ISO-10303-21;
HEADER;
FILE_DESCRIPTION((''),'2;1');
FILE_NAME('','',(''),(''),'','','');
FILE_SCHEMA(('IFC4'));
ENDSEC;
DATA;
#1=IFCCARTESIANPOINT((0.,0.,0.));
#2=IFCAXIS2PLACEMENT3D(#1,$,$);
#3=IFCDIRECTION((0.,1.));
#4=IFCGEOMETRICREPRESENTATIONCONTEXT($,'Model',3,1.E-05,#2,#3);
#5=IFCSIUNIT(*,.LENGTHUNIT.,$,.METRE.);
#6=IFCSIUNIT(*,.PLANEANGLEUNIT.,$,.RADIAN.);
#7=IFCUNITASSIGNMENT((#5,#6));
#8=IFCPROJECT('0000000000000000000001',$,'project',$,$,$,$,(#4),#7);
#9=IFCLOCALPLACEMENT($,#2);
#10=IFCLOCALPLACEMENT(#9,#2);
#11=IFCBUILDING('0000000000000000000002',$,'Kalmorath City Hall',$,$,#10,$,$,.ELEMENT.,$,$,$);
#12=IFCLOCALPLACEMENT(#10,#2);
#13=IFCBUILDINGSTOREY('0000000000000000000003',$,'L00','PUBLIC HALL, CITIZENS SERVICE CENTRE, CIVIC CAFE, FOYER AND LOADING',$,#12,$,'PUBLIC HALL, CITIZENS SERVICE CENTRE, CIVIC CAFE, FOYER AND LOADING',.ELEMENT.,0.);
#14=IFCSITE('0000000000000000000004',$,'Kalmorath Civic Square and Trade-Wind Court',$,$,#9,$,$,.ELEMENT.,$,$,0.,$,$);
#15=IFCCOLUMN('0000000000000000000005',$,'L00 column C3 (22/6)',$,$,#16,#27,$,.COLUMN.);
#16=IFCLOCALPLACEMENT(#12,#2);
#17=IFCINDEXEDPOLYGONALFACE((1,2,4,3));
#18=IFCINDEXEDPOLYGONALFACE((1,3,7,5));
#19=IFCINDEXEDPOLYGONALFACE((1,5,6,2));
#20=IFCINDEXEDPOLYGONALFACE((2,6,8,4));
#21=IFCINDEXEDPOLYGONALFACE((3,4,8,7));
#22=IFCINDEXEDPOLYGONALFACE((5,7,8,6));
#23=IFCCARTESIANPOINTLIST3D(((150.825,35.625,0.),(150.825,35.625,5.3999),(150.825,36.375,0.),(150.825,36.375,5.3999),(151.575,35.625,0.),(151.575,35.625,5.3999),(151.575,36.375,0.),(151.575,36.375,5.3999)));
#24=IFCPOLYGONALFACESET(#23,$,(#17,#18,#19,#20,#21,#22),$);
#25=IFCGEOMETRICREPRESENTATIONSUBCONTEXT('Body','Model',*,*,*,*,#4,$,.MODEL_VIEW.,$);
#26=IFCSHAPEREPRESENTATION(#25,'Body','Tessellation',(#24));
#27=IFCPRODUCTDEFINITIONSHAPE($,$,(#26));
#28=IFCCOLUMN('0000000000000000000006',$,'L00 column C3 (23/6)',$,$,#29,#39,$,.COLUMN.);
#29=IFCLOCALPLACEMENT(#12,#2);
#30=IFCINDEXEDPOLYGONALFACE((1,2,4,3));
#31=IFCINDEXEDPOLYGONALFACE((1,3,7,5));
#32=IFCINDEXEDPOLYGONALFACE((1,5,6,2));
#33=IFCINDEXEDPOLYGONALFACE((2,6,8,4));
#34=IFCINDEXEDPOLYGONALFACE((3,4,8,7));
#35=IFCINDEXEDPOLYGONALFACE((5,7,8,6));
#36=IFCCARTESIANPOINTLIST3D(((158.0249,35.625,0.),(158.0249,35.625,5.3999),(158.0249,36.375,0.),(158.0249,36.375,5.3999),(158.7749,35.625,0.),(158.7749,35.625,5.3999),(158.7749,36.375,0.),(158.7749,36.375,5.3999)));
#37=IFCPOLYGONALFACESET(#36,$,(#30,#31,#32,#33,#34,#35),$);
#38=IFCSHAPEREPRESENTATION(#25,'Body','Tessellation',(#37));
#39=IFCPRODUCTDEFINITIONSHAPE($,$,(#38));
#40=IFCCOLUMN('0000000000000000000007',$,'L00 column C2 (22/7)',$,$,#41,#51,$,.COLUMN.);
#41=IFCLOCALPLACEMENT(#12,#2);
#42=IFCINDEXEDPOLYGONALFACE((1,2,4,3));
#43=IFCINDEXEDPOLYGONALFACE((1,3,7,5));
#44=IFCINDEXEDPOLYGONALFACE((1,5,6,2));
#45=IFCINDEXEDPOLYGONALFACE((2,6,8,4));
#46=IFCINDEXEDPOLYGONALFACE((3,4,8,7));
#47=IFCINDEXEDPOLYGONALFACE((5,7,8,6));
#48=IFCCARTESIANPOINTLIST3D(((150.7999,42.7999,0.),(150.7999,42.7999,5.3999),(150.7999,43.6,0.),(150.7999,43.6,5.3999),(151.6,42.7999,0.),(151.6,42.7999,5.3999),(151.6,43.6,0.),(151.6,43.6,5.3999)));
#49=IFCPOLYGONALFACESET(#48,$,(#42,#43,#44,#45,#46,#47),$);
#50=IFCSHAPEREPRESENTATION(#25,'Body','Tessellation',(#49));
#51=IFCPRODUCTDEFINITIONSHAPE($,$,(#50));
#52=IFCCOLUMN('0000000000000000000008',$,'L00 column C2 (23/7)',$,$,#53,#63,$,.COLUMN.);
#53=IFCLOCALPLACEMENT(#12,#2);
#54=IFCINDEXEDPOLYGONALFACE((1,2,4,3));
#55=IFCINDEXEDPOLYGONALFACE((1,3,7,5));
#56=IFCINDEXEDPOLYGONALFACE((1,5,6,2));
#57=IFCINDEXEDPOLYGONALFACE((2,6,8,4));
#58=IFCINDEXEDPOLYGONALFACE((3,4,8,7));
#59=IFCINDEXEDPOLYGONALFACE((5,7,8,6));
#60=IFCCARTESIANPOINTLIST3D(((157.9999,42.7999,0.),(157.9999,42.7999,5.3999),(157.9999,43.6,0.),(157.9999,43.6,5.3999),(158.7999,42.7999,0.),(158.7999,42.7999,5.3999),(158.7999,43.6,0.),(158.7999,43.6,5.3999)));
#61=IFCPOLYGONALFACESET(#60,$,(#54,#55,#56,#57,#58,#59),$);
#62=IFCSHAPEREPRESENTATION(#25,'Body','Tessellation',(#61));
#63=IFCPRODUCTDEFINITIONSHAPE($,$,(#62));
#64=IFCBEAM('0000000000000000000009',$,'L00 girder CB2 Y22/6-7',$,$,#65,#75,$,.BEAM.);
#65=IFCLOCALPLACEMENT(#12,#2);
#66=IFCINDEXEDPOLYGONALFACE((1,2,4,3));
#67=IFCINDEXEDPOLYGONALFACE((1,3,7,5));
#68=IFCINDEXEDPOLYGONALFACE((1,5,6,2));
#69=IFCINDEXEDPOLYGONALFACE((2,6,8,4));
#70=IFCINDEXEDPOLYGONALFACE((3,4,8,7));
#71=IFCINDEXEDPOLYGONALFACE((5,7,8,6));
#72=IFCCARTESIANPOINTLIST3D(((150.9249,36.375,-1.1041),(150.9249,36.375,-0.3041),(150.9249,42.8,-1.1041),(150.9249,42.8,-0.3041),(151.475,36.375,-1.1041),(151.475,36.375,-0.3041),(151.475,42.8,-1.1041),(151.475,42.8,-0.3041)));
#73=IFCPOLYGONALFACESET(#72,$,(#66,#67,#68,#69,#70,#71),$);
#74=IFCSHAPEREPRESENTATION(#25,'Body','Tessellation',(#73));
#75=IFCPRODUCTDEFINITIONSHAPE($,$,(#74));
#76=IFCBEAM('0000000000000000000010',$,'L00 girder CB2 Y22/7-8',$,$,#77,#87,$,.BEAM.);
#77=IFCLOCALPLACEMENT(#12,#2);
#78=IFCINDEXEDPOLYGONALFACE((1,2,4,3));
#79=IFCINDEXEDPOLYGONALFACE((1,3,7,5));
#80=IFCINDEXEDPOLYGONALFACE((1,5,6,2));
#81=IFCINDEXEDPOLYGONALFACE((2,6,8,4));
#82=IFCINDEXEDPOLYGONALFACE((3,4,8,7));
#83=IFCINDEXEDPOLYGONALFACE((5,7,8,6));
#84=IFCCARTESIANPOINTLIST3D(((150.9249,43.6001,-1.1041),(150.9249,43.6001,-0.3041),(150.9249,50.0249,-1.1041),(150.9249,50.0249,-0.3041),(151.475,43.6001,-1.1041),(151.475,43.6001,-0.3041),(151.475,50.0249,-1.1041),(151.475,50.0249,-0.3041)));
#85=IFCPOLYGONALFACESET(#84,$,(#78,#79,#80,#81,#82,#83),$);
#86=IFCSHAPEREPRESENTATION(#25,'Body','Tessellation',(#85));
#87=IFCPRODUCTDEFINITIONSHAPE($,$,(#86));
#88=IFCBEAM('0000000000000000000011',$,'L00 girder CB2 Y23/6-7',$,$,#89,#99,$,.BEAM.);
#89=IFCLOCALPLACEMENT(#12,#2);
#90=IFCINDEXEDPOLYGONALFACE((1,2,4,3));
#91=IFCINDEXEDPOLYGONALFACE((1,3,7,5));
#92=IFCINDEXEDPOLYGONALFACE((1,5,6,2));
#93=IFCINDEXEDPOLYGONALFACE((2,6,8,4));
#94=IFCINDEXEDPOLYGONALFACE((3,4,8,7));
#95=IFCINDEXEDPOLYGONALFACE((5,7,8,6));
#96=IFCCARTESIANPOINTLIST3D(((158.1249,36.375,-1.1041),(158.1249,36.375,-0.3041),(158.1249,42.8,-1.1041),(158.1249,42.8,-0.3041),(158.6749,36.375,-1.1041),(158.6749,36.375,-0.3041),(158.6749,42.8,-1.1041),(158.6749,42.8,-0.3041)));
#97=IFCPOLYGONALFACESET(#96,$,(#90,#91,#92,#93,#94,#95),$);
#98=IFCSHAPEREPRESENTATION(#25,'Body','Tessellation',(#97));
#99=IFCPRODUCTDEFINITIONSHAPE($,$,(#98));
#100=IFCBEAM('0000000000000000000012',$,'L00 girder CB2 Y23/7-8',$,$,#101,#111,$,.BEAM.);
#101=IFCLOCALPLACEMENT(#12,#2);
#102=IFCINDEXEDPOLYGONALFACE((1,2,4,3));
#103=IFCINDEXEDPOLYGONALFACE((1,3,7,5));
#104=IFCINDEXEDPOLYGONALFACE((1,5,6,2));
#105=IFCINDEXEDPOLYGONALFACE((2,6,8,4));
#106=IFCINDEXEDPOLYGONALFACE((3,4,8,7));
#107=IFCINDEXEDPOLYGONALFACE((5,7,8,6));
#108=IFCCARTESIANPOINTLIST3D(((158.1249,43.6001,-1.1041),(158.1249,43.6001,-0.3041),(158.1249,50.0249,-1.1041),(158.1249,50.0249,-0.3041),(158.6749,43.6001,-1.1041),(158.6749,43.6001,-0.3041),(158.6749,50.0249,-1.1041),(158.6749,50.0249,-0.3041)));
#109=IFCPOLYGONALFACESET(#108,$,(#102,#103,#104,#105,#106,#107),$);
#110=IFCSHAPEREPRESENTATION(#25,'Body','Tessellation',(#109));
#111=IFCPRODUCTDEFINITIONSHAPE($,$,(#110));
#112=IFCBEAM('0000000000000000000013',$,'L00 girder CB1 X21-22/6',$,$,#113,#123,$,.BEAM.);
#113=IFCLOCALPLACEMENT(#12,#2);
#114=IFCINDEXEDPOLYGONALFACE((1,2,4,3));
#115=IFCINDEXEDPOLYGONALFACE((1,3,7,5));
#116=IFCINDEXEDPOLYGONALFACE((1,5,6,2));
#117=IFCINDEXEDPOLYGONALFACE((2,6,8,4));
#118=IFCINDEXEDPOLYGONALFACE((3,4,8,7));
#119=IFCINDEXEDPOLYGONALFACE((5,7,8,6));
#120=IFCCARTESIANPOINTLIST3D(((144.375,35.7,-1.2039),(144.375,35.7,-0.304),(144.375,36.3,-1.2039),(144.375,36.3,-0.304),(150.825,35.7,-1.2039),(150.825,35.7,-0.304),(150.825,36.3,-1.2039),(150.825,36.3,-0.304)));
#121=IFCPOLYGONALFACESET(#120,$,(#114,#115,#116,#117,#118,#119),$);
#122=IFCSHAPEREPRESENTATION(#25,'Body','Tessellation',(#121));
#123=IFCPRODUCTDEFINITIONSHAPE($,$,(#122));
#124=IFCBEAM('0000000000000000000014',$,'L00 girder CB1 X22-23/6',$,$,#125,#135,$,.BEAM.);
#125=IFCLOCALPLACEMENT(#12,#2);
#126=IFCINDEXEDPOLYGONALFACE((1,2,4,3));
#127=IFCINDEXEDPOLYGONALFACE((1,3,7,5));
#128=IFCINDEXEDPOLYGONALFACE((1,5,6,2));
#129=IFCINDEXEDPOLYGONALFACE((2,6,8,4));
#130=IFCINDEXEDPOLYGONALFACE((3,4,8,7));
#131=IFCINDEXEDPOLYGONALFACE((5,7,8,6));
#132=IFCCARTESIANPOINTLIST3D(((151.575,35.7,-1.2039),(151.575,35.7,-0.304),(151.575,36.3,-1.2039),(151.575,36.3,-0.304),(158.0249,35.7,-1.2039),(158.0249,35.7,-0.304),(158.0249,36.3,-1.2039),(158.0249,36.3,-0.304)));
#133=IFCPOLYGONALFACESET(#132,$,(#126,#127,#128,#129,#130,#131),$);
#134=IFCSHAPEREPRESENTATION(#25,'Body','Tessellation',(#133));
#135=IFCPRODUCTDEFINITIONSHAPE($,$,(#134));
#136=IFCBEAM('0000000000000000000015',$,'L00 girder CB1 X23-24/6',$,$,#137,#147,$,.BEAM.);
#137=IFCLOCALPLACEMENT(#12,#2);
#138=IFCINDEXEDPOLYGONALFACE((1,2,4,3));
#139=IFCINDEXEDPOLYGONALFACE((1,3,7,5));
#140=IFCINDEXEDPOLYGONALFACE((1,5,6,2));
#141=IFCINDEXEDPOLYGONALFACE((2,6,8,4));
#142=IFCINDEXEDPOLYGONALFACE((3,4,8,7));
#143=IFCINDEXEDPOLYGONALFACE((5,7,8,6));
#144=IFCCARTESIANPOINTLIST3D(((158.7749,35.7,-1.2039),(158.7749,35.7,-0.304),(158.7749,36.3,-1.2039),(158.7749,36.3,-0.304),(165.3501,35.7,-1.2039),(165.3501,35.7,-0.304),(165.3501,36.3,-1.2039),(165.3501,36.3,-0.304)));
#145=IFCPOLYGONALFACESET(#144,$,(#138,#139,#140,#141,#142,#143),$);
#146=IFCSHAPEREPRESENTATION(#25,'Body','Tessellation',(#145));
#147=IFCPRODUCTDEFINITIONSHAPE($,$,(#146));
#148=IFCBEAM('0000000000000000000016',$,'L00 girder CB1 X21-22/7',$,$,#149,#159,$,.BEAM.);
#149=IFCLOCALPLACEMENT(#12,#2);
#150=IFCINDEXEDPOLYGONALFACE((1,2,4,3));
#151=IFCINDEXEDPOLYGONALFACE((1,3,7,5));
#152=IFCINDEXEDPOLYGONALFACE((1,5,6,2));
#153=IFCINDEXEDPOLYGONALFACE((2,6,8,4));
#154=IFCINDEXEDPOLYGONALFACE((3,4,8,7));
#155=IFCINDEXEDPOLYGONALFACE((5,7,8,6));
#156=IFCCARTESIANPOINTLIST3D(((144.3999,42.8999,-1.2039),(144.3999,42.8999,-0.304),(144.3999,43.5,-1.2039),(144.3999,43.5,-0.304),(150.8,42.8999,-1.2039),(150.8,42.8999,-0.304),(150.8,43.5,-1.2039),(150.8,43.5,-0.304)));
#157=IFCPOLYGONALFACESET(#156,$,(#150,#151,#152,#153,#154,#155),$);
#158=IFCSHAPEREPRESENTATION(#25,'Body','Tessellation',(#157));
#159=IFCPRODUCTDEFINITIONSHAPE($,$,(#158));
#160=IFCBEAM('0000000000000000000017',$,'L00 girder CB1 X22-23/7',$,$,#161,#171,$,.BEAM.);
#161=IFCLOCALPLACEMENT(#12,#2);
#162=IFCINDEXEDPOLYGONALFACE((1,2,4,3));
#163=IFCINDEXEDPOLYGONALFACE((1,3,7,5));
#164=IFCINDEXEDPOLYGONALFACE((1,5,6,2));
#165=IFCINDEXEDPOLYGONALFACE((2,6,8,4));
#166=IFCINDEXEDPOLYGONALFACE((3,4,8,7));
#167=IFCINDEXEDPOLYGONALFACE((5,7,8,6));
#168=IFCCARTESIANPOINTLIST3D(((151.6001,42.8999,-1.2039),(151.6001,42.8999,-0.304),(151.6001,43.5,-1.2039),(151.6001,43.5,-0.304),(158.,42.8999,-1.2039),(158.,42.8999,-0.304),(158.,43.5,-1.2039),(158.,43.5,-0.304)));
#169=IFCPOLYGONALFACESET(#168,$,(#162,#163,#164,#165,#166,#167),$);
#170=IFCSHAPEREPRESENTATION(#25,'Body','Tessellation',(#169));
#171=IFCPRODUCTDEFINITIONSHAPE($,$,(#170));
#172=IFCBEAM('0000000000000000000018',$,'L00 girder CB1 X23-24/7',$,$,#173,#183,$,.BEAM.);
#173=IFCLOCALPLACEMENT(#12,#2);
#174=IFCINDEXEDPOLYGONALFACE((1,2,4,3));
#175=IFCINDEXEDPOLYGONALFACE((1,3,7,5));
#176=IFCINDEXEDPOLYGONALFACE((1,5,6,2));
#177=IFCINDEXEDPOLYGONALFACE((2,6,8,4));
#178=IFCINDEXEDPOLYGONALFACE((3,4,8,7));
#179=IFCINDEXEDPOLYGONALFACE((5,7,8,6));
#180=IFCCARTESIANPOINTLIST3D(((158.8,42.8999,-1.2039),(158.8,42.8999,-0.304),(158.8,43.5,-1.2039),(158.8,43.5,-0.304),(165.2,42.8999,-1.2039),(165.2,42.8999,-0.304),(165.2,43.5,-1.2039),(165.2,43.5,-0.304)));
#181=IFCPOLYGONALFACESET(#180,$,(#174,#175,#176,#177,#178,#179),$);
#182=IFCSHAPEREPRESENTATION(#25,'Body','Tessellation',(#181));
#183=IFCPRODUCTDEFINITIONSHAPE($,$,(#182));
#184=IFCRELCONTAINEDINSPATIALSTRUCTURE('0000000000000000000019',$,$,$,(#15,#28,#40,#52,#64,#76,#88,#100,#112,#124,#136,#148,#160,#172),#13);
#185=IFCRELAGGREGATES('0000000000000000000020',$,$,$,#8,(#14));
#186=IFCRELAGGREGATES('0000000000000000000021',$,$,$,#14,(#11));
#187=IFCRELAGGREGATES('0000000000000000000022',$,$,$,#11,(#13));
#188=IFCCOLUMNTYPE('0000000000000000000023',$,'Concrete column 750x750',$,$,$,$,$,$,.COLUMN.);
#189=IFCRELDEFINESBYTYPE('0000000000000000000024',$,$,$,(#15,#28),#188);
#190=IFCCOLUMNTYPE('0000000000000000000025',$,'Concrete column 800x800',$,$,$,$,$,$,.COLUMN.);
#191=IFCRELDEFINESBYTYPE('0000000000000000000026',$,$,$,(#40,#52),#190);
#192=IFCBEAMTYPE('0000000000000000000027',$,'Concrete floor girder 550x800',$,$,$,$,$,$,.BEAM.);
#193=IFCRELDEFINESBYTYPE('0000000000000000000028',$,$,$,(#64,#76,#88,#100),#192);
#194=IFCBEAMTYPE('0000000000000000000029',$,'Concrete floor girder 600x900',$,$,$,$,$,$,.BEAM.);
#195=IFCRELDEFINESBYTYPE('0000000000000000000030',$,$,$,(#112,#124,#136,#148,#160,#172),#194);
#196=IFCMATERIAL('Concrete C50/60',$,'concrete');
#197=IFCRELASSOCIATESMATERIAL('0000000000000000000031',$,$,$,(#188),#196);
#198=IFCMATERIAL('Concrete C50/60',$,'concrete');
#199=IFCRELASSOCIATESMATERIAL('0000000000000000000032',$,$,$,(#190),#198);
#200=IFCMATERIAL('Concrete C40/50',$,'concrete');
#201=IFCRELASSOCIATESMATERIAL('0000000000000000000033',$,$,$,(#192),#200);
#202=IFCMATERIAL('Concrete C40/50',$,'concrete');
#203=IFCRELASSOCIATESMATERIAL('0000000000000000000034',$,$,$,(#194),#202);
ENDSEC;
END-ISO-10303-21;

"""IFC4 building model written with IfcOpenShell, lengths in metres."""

from ifc_helpers import new_model, si_unit, direction, frame, origin, origin_2d, place, context, subcontext, project, spatial, rectangle, extrude, material, material_profile, profile_set, type_object, element, save


model = new_model("IFC4")

# Units and contexts
model_context = context("Model", 3, precision=1e-05, world=origin(), true_north=direction((0.0, 1.0)))
body_context = subcontext(model_context, "Body", "Model", "MODEL_VIEW")
ifc_project = project(units=[si_unit("LENGTHUNIT", "METRE"), si_unit("PLANEANGLEUNIT", "RADIAN")], contexts=[model_context])

# Site, building, storey
site_placement = place(None, origin())
site = spatial("IfcSite", under=ifc_project, at=site_placement, Name="Kalmorath Civic Square and Trade-Wind Court", CompositionType="ELEMENT", RefElevation=0.0)
building_placement = place(site_placement, origin())
building = spatial("IfcBuilding", under=site, at=building_placement, Name="Kalmorath City Hall", CompositionType="ELEMENT")
storey_placement = place(building_placement, origin())
storey = spatial("IfcBuildingStorey", under=building, at=storey_placement, Name="L00", Description="PUBLIC HALL, CITIZENS SERVICE CENTRE, CIVIC CAFE, FOYER AND LOADING", LongName="PUBLIC HALL, CITIZENS SERVICE CENTRE, CIVIC CAFE, FOYER AND LOADING", CompositionType="ELEMENT", Elevation=0.0)

# Columns
ifc_material_1 = material(Name="Concrete C50/60", Category="concrete")
ifc_material_profile_1 = material_profile(ifc_material_1, rectangle(XDim=0.75, YDim=0.75, at=origin_2d()), Name="RC-COL-750X750")
ifc_profile_set_1 = profile_set([ifc_material_profile_1], Name="Concrete C50/60")
column_type_1 = type_object("IfcColumnType", Name="Concrete column 750x750", PredefinedType="COLUMN", material=ifc_profile_set_1)
for number, where, z_axis, x_axis, name in (
    (1, (151.2, 36.0, 0.0), (0.0, 0.0, 1.0), (1.0, 0.0, 0.0), "L00 column C3 (22/6)"),
    (2, (158.3999, 36.0, 0.0), (0.0, 0.0, 1.0), (1.0, 0.0, 0.0), "L00 column C3 (23/6)"),
):
    element("IfcColumn", number, at=place(storey_placement, frame(where, z_axis=z_axis, x_axis=x_axis)), inside=storey, type_object=column_type_1, Name=name, PredefinedType="COLUMN", context=body_context, shape_type="SweptSolid", body=[
        extrude(rectangle(XDim=0.75, YDim=0.75, at=origin_2d()), origin(), (0.0, 0.0, 1.0), 5.3999),
    ])
ifc_material_2 = material(Name="Concrete C50/60", Category="concrete")
ifc_material_profile_2 = material_profile(ifc_material_2, rectangle(XDim=0.8, YDim=0.8, at=origin_2d()), Name="RC-COL-800X800")
ifc_profile_set_2 = profile_set([ifc_material_profile_2], Name="Concrete C50/60")
column_type_2 = type_object("IfcColumnType", Name="Concrete column 800x800", PredefinedType="COLUMN", material=ifc_profile_set_2)
for number, where, z_axis, x_axis, name in (
    (3, (151.2, 43.2, 0.0), (0.0, 0.0, 1.0), (1.0, 0.0, 0.0), "L00 column C2 (22/7)"),
    (4, (158.3999, 43.2, 0.0), (0.0, 0.0, 1.0), (1.0, 0.0, 0.0), "L00 column C2 (23/7)"),
):
    element("IfcColumn", number, at=place(storey_placement, frame(where, z_axis=z_axis, x_axis=x_axis)), inside=storey, type_object=column_type_2, Name=name, PredefinedType="COLUMN", context=body_context, shape_type="SweptSolid", body=[
        extrude(rectangle(XDim=0.8, YDim=0.8, at=origin_2d()), origin(), (0.0, 0.0, 1.0), 5.3999),
    ])

# Beams
ifc_material_3 = material(Name="Concrete C40/50", Category="concrete")
ifc_material_profile_3 = material_profile(ifc_material_3, rectangle(XDim=0.55, YDim=0.8, at=origin_2d()), Name="RC-BM-550X800")
ifc_profile_set_3 = profile_set([ifc_material_profile_3], Name="Concrete C40/50")
beam_type_1 = type_object("IfcBeamType", Name="Concrete floor girder 550x800", PredefinedType="BEAM", material=ifc_profile_set_3)
beam_1_placement = place(storey_placement, frame((151.2, 36.375, -0.7041), z_axis=(0.0, 1.0, 0.0), x_axis=(-1.0, 0.0, 0.0)))
element("IfcBeam", 5, at=beam_1_placement, inside=storey, type_object=beam_type_1, Name="L00 girder CB2 Y22/6-7", PredefinedType="BEAM", context=body_context, shape_type="SweptSolid", body=[
    extrude(rectangle(XDim=0.55, YDim=0.8, at=origin_2d()), origin(), (0.0, 0.0, 1.0), 6.425),
])
beam_2_placement = place(storey_placement, frame((151.2, 43.6001, -0.7041), z_axis=(0.0, 1.0, 0.0), x_axis=(-1.0, 0.0, 0.0)))
element("IfcBeam", 6, at=beam_2_placement, inside=storey, type_object=beam_type_1, Name="L00 girder CB2 Y22/7-8", PredefinedType="BEAM", context=body_context, shape_type="SweptSolid", body=[
    extrude(rectangle(XDim=0.55, YDim=0.8, at=origin_2d()), origin(), (0.0, 0.0, 1.0), 6.4248),
])
beam_3_placement = place(storey_placement, frame((158.3999, 36.375, -0.7041), z_axis=(0.0, 1.0, 0.0), x_axis=(-1.0, 0.0, 0.0)))
element("IfcBeam", 7, at=beam_3_placement, inside=storey, type_object=beam_type_1, Name="L00 girder CB2 Y23/6-7", PredefinedType="BEAM", context=body_context, shape_type="SweptSolid", body=[
    extrude(rectangle(XDim=0.55, YDim=0.8, at=origin_2d()), origin(), (0.0, 0.0, 1.0), 6.425),
])
beam_4_placement = place(storey_placement, frame((158.3999, 43.6001, -0.7041), z_axis=(0.0, 1.0, 0.0), x_axis=(-1.0, 0.0, 0.0)))
element("IfcBeam", 8, at=beam_4_placement, inside=storey, type_object=beam_type_1, Name="L00 girder CB2 Y23/7-8", PredefinedType="BEAM", context=body_context, shape_type="SweptSolid", body=[
    extrude(rectangle(XDim=0.55, YDim=0.8, at=origin_2d()), origin(), (0.0, 0.0, 1.0), 6.4248),
])
ifc_material_4 = material(Name="Concrete C40/50", Category="concrete")
ifc_material_profile_4 = material_profile(ifc_material_4, rectangle(XDim=0.6001, YDim=0.8999, at=origin_2d()), Name="RC-BM-600X900")
ifc_profile_set_4 = profile_set([ifc_material_profile_4], Name="Concrete C40/50")
beam_type_2 = type_object("IfcBeamType", Name="Concrete floor girder 600x900", PredefinedType="BEAM", material=ifc_profile_set_4)
for number, where, z_axis, x_axis, name in (
    (9, (144.375, 36.0, -0.7539), (1.0, 0.0, 0.0), (0.0, 1.0, 0.0), "L00 girder CB1 X21-22/6"),
    (10, (151.575, 36.0, -0.7539), (1.0, 0.0, 0.0), (0.0, 1.0, 0.0), "L00 girder CB1 X22-23/6"),
):
    element("IfcBeam", number, at=place(storey_placement, frame(where, z_axis=z_axis, x_axis=x_axis)), inside=storey, type_object=beam_type_2, Name=name, PredefinedType="BEAM", context=body_context, shape_type="SweptSolid", body=[
        extrude(rectangle(XDim=0.6001, YDim=0.8999, at=origin_2d()), origin(), (0.0, 0.0, 1.0), 6.45),
    ])
beam_5_placement = place(storey_placement, frame((158.7749, 36.0, -0.7539), z_axis=(1.0, 0.0, 0.0), x_axis=(0.0, 1.0, 0.0)))
element("IfcBeam", 11, at=beam_5_placement, inside=storey, type_object=beam_type_2, Name="L00 girder CB1 X23-24/6", PredefinedType="BEAM", context=body_context, shape_type="SweptSolid", body=[
    extrude(rectangle(XDim=0.6001, YDim=0.8999, at=origin_2d()), origin(), (0.0, 0.0, 1.0), 6.5752),
])
beam_6_placement = place(storey_placement, frame((144.3999, 43.2, -0.7539), z_axis=(1.0, 0.0, 0.0), x_axis=(0.0, 1.0, 0.0)))
element("IfcBeam", 12, at=beam_6_placement, inside=storey, type_object=beam_type_2, Name="L00 girder CB1 X21-22/7", PredefinedType="BEAM", context=body_context, shape_type="SweptSolid", body=[
    extrude(rectangle(XDim=0.6001, YDim=0.8999, at=origin_2d()), origin(), (0.0, 0.0, 1.0), 6.4001),
])
for number, where, z_axis, x_axis, name in (
    (13, (151.6001, 43.2, -0.7539), (1.0, 0.0, 0.0), (0.0, 1.0, 0.0), "L00 girder CB1 X22-23/7"),
    (14, (158.8, 43.2, -0.7539), (1.0, 0.0, 0.0), (0.0, 1.0, 0.0), "L00 girder CB1 X23-24/7"),
):
    element("IfcBeam", number, at=place(storey_placement, frame(where, z_axis=z_axis, x_axis=x_axis)), inside=storey, type_object=beam_type_2, Name=name, PredefinedType="BEAM", context=body_context, shape_type="SweptSolid", body=[
        extrude(rectangle(XDim=0.6001, YDim=0.8999, at=origin_2d()), origin(), (0.0, 0.0, 1.0), 6.3999),
    ])

save(model, "model.ifc")
